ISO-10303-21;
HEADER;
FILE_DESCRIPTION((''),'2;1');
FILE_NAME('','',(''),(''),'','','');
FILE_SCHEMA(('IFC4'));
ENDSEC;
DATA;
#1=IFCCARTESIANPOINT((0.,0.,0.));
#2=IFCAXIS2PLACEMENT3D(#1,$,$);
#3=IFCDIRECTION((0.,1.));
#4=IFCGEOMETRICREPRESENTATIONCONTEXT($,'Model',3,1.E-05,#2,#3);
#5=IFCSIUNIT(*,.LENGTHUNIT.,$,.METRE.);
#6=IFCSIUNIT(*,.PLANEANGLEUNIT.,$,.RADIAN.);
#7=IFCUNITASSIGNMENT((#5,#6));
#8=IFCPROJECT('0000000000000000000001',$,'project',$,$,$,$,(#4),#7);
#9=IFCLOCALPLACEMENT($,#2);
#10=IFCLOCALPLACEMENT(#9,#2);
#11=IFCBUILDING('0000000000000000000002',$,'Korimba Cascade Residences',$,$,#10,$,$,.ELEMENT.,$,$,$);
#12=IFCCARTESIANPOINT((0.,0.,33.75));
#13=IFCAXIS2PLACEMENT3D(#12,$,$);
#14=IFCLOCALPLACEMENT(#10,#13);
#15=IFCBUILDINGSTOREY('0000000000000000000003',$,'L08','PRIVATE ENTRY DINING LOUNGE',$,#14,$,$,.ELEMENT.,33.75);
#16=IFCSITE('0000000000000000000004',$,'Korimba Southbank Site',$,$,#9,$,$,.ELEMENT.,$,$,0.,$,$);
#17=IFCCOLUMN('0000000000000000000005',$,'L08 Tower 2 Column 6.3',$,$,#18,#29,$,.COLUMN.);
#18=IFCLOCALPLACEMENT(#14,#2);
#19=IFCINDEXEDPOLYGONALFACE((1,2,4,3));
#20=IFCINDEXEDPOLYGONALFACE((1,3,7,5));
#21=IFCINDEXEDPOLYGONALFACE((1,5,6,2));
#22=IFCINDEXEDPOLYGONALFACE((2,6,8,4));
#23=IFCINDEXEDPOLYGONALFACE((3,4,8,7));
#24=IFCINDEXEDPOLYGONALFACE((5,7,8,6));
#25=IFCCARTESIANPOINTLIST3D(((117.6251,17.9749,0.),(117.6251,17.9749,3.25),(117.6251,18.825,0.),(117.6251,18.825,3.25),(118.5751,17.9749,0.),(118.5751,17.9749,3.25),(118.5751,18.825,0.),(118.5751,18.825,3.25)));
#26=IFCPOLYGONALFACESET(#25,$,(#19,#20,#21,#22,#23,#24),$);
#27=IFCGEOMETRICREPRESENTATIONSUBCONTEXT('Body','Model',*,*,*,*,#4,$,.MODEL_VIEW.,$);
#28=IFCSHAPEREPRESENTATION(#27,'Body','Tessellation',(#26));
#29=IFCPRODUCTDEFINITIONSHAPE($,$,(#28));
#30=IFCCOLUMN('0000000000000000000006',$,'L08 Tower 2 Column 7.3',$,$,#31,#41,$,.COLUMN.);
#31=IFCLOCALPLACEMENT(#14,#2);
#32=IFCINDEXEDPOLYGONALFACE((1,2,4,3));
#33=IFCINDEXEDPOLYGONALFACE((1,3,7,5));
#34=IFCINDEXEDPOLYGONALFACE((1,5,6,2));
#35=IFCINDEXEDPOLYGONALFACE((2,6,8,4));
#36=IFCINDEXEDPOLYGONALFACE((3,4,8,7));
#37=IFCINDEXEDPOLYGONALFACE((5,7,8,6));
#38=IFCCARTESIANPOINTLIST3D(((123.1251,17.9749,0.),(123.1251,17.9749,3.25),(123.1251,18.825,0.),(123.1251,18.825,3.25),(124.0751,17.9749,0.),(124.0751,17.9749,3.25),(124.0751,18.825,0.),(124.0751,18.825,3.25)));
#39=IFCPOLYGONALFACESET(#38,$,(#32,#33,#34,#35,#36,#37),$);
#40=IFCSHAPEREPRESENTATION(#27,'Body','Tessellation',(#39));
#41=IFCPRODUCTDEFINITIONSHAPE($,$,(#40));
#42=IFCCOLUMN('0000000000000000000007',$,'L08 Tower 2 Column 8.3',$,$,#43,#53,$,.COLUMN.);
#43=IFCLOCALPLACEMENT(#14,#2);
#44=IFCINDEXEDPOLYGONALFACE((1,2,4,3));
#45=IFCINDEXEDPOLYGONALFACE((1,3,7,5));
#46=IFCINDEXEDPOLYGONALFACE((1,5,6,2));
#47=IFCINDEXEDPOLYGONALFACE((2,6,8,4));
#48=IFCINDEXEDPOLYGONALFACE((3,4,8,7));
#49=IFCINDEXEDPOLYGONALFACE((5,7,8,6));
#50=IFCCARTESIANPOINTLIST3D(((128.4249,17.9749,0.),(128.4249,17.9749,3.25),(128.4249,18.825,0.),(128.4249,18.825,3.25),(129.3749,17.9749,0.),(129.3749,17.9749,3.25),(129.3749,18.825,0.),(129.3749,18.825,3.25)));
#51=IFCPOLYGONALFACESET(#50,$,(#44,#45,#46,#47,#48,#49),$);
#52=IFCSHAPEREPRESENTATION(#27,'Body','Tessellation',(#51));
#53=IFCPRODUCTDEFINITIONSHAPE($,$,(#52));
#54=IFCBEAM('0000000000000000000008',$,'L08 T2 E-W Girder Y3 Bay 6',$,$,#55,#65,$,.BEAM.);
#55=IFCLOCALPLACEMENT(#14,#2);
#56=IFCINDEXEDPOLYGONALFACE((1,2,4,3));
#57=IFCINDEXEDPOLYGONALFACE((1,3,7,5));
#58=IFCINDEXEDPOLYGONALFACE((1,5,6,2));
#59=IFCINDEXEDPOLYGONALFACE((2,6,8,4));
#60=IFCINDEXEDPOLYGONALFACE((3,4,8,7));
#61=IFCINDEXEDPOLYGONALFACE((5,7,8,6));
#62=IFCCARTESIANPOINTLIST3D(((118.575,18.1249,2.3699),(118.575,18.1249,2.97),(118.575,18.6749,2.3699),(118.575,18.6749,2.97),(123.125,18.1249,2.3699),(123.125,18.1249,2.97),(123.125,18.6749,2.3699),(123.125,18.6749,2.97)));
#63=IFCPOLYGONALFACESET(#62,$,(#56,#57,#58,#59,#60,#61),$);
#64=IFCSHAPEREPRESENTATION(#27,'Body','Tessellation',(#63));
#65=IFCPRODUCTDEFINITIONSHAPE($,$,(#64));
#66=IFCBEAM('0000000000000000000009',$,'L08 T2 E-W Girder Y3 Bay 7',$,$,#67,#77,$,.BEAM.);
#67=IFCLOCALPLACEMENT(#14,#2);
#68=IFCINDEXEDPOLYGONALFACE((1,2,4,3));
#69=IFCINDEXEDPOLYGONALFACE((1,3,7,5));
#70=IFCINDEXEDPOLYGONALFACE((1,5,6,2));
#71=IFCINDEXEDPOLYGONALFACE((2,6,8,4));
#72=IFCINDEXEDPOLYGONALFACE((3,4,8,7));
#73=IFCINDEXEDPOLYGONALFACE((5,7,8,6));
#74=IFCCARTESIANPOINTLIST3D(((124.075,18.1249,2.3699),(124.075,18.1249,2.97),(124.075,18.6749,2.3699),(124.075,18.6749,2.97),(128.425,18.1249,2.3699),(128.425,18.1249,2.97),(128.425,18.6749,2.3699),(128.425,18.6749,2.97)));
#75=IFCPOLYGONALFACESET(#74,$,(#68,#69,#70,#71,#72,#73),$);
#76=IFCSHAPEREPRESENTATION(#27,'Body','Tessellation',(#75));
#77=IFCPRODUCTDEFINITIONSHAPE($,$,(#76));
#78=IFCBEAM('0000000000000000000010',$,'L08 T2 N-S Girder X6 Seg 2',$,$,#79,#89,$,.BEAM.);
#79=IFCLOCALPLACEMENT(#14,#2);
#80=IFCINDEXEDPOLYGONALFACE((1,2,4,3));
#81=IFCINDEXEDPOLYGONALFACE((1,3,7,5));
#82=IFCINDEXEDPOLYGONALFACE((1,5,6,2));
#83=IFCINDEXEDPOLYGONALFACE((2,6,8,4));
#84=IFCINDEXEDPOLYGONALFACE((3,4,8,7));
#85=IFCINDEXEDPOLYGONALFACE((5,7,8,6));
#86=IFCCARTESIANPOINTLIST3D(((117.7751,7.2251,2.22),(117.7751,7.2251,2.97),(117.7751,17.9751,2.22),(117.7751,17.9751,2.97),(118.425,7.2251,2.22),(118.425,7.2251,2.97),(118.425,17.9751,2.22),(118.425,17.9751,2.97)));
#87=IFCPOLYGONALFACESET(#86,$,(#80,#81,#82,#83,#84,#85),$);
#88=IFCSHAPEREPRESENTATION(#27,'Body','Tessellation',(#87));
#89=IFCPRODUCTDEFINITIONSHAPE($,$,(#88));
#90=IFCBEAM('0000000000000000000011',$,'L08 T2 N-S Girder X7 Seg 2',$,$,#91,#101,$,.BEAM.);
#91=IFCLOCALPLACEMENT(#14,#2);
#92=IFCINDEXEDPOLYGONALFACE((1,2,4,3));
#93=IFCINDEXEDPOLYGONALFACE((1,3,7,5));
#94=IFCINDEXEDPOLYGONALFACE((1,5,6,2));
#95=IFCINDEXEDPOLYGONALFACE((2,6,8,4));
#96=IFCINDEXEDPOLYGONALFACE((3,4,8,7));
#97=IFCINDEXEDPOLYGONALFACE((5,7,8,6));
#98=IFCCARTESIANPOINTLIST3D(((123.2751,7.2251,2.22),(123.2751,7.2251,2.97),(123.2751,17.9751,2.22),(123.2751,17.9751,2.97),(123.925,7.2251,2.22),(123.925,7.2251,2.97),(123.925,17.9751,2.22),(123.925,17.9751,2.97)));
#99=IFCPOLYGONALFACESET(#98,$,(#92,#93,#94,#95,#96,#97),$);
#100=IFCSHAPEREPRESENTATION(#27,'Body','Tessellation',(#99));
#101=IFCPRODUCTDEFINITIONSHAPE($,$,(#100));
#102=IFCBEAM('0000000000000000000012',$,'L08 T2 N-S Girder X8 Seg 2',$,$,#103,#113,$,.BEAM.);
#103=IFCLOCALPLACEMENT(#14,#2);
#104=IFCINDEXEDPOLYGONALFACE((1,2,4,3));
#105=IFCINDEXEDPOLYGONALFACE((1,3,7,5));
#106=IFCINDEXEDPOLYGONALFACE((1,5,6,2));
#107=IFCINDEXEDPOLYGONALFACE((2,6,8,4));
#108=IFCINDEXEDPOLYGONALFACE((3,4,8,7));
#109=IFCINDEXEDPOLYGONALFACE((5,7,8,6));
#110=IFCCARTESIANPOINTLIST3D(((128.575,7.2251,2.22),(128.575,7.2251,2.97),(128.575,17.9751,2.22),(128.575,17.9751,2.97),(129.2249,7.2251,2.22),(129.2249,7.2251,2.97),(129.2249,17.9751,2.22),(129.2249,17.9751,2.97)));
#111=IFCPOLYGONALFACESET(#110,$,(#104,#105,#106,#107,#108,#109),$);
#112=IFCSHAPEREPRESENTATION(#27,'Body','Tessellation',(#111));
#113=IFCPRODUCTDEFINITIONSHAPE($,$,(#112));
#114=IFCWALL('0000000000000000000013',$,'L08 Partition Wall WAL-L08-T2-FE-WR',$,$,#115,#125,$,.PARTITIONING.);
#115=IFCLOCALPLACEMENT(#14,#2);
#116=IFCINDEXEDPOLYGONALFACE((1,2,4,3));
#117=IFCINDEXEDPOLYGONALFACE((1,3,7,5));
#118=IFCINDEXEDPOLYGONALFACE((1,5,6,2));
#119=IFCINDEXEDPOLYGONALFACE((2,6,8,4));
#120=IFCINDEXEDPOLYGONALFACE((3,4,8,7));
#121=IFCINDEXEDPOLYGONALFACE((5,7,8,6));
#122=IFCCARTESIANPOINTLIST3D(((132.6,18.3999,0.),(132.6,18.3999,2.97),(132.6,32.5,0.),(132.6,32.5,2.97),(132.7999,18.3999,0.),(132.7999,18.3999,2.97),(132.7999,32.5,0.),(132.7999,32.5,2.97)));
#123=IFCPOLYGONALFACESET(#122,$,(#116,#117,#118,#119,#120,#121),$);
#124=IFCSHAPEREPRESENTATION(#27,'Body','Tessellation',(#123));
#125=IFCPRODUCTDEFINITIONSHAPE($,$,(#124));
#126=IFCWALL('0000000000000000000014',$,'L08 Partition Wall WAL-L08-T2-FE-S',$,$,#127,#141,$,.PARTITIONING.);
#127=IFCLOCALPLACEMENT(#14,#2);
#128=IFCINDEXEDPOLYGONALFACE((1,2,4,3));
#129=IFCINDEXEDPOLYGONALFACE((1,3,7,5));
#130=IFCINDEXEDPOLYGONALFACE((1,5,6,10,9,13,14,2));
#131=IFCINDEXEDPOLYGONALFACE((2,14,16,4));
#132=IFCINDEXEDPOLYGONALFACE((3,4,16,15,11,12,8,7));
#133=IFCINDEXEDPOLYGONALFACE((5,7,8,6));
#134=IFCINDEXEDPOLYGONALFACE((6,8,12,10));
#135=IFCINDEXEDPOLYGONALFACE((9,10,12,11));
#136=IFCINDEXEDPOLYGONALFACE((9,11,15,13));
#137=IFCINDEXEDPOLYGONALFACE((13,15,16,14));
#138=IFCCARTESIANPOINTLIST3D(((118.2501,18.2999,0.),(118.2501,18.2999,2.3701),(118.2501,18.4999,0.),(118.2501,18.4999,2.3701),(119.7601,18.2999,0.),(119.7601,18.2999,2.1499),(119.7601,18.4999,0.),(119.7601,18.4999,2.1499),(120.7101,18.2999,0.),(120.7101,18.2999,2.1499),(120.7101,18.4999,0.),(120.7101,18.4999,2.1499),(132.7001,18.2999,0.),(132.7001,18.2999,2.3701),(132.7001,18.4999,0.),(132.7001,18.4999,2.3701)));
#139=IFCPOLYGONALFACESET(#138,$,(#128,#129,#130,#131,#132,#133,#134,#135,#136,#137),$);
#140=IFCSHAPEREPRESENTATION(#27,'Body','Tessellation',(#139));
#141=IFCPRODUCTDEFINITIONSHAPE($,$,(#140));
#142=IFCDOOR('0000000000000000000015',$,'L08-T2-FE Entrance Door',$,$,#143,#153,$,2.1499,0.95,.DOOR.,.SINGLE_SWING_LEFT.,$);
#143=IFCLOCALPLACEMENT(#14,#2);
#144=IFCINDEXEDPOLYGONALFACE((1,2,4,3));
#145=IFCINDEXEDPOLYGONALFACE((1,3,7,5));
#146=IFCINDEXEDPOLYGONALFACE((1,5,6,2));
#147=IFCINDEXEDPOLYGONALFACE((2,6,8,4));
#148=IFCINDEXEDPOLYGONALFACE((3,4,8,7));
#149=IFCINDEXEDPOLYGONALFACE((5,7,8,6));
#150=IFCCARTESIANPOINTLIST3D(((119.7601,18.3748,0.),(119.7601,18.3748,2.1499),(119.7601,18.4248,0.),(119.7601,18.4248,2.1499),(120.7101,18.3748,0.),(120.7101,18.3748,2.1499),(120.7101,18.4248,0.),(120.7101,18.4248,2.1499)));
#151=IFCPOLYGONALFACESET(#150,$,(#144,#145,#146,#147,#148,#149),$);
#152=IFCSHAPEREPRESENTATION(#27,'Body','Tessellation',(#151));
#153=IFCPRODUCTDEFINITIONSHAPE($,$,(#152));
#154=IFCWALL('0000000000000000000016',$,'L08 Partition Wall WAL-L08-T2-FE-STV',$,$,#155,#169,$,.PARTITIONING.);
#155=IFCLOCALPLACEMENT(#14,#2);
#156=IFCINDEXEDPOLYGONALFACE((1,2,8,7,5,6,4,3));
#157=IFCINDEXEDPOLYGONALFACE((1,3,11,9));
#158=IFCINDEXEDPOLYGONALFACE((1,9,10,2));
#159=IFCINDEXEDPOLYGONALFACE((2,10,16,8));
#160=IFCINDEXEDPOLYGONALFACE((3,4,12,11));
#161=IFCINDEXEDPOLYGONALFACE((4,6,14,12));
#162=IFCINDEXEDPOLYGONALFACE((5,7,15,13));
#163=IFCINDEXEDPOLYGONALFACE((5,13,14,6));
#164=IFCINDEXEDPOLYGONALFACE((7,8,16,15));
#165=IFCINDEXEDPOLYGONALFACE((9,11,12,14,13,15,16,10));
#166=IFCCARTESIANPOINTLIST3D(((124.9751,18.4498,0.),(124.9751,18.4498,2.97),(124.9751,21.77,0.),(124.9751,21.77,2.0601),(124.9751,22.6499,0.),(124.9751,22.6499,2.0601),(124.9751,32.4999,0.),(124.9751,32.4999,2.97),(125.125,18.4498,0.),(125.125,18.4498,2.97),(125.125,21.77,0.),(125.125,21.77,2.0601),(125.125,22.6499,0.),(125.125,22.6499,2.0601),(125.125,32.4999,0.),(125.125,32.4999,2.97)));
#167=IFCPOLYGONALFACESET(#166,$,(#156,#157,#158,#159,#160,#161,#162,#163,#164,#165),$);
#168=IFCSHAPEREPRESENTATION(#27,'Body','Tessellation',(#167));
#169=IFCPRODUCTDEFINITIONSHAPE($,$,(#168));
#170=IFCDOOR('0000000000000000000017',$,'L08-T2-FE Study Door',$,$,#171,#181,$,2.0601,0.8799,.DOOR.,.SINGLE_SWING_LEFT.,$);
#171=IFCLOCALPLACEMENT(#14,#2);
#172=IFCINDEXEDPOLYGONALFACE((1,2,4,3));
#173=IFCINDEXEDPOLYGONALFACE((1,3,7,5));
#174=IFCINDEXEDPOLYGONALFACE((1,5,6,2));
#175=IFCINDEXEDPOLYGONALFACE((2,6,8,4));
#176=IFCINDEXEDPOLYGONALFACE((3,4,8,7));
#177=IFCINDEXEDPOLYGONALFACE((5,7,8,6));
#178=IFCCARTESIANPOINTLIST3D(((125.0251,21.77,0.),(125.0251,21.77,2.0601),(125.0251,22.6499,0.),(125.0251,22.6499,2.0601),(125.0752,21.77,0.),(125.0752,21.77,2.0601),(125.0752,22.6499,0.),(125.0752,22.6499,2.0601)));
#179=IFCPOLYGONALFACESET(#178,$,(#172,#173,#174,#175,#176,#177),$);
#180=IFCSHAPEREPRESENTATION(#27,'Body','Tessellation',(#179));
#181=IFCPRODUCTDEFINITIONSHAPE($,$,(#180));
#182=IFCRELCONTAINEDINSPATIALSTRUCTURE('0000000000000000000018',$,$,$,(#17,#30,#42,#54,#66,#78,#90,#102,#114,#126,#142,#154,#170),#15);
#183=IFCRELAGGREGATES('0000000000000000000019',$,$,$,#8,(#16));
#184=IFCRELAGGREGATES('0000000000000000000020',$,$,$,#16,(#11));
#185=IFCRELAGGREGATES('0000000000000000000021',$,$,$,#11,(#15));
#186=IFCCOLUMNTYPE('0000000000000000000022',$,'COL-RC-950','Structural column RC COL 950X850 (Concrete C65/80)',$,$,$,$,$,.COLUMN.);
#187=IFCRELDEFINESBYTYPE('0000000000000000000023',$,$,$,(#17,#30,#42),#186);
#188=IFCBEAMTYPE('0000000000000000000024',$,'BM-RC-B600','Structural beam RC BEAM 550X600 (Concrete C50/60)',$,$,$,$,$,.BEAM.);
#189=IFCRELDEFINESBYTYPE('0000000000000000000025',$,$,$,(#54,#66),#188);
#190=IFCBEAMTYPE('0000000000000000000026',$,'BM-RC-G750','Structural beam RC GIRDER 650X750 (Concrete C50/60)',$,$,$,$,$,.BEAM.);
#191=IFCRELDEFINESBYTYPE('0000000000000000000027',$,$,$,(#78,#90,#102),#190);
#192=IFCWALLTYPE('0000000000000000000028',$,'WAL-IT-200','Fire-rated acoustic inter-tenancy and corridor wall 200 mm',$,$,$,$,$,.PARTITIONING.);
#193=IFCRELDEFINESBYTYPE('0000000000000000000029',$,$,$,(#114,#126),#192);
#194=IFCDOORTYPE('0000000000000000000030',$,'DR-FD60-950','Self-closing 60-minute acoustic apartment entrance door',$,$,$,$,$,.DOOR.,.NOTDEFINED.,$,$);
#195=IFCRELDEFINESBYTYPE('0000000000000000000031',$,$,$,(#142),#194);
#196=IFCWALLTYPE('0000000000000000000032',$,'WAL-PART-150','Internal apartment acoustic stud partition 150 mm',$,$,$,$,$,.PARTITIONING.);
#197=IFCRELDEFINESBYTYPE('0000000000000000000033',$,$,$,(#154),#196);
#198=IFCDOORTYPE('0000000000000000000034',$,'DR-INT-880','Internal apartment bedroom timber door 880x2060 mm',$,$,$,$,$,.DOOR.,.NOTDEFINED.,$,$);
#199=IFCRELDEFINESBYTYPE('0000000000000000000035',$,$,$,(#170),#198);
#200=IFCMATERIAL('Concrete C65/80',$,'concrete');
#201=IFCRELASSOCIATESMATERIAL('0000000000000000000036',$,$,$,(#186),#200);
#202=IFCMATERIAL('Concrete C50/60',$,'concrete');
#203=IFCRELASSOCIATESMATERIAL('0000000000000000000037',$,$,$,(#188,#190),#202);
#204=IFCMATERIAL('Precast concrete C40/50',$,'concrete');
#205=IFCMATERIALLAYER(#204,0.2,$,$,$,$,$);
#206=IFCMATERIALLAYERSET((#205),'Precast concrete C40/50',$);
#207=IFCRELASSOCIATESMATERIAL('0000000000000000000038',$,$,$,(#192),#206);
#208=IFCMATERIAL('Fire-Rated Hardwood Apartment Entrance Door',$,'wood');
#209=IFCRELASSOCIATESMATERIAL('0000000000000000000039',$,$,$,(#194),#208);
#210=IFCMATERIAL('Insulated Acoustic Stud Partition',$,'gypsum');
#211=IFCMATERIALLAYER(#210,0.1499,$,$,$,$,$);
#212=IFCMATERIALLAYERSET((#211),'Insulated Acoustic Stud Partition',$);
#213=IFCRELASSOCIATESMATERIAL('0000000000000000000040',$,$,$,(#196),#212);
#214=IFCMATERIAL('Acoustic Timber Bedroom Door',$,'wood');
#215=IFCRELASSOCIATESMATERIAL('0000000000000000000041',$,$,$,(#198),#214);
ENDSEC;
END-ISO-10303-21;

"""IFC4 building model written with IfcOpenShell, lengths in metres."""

from ifc_helpers import new_model, si_unit, direction, frame, frame_2d, origin, origin_2d, place, context, subcontext, project, spatial, rectangle, extrude, material, layer, layer_set, material_profile, profile_set, type_object, element, fill, save


model = new_model("IFC4")

# Units and contexts
model_context = context("Model", 3, precision=1e-05, world=origin(), true_north=direction((0.0, 1.0)))
body_context = subcontext(model_context, "Body", "Model", "MODEL_VIEW")
ifc_project = project(units=[si_unit("LENGTHUNIT", "METRE"), si_unit("PLANEANGLEUNIT", "RADIAN")], contexts=[model_context])

# Site, building, storey
site_placement = place(None, origin())
site = spatial("IfcSite", under=ifc_project, at=site_placement, Name="Korimba Southbank Site", CompositionType="ELEMENT", RefElevation=0.0)
building_placement = place(site_placement, origin())
building = spatial("IfcBuilding", under=site, at=building_placement, Name="Korimba Cascade Residences", CompositionType="ELEMENT")
storey_placement = place(building_placement, frame((0.0, 0.0, 33.75)))
storey = spatial("IfcBuildingStorey", under=building, at=storey_placement, Name="L08", Description="PRIVATE ENTRY DINING LOUNGE", CompositionType="ELEMENT", Elevation=33.75)

# Columns
ifc_material_1 = material(Name="Concrete C65/80", Category="concrete")
ifc_material_profile_1 = material_profile(ifc_material_1, rectangle(XDim=0.95, YDim=0.8501, at=origin_2d()), Name="Concrete C65/80")
ifc_profile_set_1 = profile_set([ifc_material_profile_1], Name="Concrete C65/80")
column_type = type_object("IfcColumnType", Name="COL-RC-950", Description="Structural column RC COL 950X850 (Concrete C65/80)", PredefinedType="COLUMN", material=ifc_profile_set_1)
for number, where, z_axis, x_axis, name in (
    (1, (118.1001, 18.3999, 0.0), (0.0, 0.0, 1.0), (1.0, 0.0, 0.0), "L08 Tower 2 Column 6.3"),
    (2, (123.6001, 18.3999, 0.0), (0.0, 0.0, 1.0), (1.0, 0.0, 0.0), "L08 Tower 2 Column 7.3"),
    (3, (128.8999, 18.3999, 0.0), (0.0, 0.0, 1.0), (1.0, 0.0, 0.0), "L08 Tower 2 Column 8.3"),
):
    element("IfcColumn", number, at=place(storey_placement, frame(where, z_axis=z_axis, x_axis=x_axis)), inside=storey, type_object=column_type, Name=name, PredefinedType="COLUMN", context=body_context, shape_type="SweptSolid", body=[
        extrude(rectangle(XDim=0.95, YDim=0.8501, at=origin_2d()), origin(), (0.0, 0.0, 1.0), 3.25),
    ])

# Beams
ifc_material_2 = material(Name="Concrete C50/60", Category="concrete")
ifc_material_profile_2 = material_profile(ifc_material_2, rectangle(XDim=0.55, YDim=0.6001, at=origin_2d()), Name="Concrete C50/60")
ifc_profile_set_2 = profile_set([ifc_material_profile_2], Name="Concrete C50/60")
beam_type_1 = type_object("IfcBeamType", Name="BM-RC-B600", Description="Structural beam RC BEAM 550X600 (Concrete C50/60)", PredefinedType="BEAM", material=ifc_profile_set_2)
beam_1_placement = place(storey_placement, frame((118.575, 18.3999, 2.6699), z_axis=(1.0, 0.0, 0.0), x_axis=(0.0, 1.0, 0.0)))
element("IfcBeam", 4, at=beam_1_placement, inside=storey, type_object=beam_type_1, Name="L08 T2 E-W Girder Y3 Bay 6", PredefinedType="BEAM", context=body_context, shape_type="SweptSolid", body=[
    extrude(rectangle(XDim=0.55, YDim=0.6001, at=origin_2d()), origin(), (0.0, 0.0, 1.0), 4.55),
])
beam_2_placement = place(storey_placement, frame((124.075, 18.3999, 2.6699), z_axis=(1.0, 0.0, 0.0), x_axis=(0.0, 1.0, 0.0)))
element("IfcBeam", 5, at=beam_2_placement, inside=storey, type_object=beam_type_1, Name="L08 T2 E-W Girder Y3 Bay 7", PredefinedType="BEAM", context=body_context, shape_type="SweptSolid", body=[
    extrude(rectangle(XDim=0.55, YDim=0.6001, at=origin_2d()), origin(), (0.0, 0.0, 1.0), 4.3501),
])
ifc_material_profile_3 = material_profile(ifc_material_2, rectangle(XDim=0.6499, YDim=0.75, at=origin_2d()), Name="Concrete C50/60")
ifc_profile_set_3 = profile_set([ifc_material_profile_3], Name="Concrete C50/60")
beam_type_2 = type_object("IfcBeamType", Name="BM-RC-G750", Description="Structural beam RC GIRDER 650X750 (Concrete C50/60)", PredefinedType="BEAM", material=ifc_profile_set_3)
for number, where, z_axis, x_axis, name in (
    (6, (118.1001, 7.2251, 2.595), (0.0, 1.0, 0.0), (-1.0, 0.0, 0.0), "L08 T2 N-S Girder X6 Seg 2"),
    (7, (123.6001, 7.2251, 2.595), (0.0, 1.0, 0.0), (-1.0, 0.0, 0.0), "L08 T2 N-S Girder X7 Seg 2"),
    (8, (128.8999, 7.2251, 2.595), (0.0, 1.0, 0.0), (-1.0, 0.0, 0.0), "L08 T2 N-S Girder X8 Seg 2"),
):
    element("IfcBeam", number, at=place(storey_placement, frame(where, z_axis=z_axis, x_axis=x_axis)), inside=storey, type_object=beam_type_2, Name=name, PredefinedType="BEAM", context=body_context, shape_type="SweptSolid", body=[
        extrude(rectangle(XDim=0.6499, YDim=0.75, at=origin_2d()), origin(), (0.0, 0.0, 1.0), 10.75),
    ])

# Wall
ifc_material_3 = material(Name="Precast concrete C40/50", Category="concrete")
ifc_layer_1 = layer(ifc_material_3, 0.2)
ifc_layer_set_1 = layer_set([ifc_layer_1], Name="Precast concrete C40/50")
wall_type_1 = type_object("IfcWallType", Name="WAL-IT-200", Description="Fire-rated acoustic inter-tenancy and corridor wall 200 mm", PredefinedType="PARTITIONING", material=ifc_layer_set_1)
wall_1_placement = place(storey_placement, frame((132.7, 18.3999, 0.0), z_axis=(0.0, 0.0, 1.0), x_axis=(0.0, 1.0, 0.0)))
element("IfcWall", 9, at=wall_1_placement, inside=storey, type_object=wall_type_1, Name="L08 Partition Wall WAL-L08-T2-FE-WR", PredefinedType="PARTITIONING", context=body_context, shape_type="SweptSolid", body=[
    extrude(rectangle(XDim=14.1001, YDim=0.2, at=frame_2d((7.05, 0.0))), origin(), (0.0, 0.0, 1.0), 2.97),
])

# Walls, openings, doors
wall_2_placement = place(storey_placement, frame((118.25, 18.3999, 0.0), z_axis=(0.0, 0.0, 1.0), x_axis=(1.0, 0.0, 0.0)))
wall_2 = element("IfcWall", 10, at=wall_2_placement, inside=storey, type_object=wall_type_1, Name="L08 Partition Wall WAL-L08-T2-FE-S", PredefinedType="PARTITIONING", context=body_context, shape_type="SweptSolid", body=[
    extrude(rectangle(XDim=14.45, YDim=0.2, at=frame_2d((7.2251, 0.0))), origin(), (0.0, 0.0, 1.0), 2.3701),
])
opening_1_placement = place(wall_2_placement, frame((1.51, 0.0, 0.0)))
opening_1 = element("IfcOpeningElement", 11, at=opening_1_placement, cuts=wall_2, PredefinedType="OPENING", context=body_context, shape_type="SweptSolid", body=[
    extrude(rectangle(XDim=0.95, YDim=2.1499, at=frame_2d((0.4751, 1.075))), frame((0.0, 0.1099, 0.0), z_axis=(0.0, -1.0, 0.0), x_axis=(1.0, 0.0, 0.0)), (0.0, 0.0, 1.0), 0.22),
])
ifc_material_4 = material(Name="Fire-Rated Hardwood Apartment Entrance Door", Category="wood")
door_type_1 = type_object("IfcDoorType", Name="DR-FD60-950", Description="Self-closing 60-minute acoustic apartment entrance door", OperationType="NOTDEFINED", PredefinedType="DOOR", material=ifc_material_4)
door_1_placement = place(opening_1_placement, origin())
door_1 = element("IfcDoor", 12, at=door_1_placement, inside=storey, type_object=door_type_1, Name="L08-T2-FE Entrance Door", OperationType="SINGLE_SWING_LEFT", OverallHeight=2.1499, OverallWidth=0.95, PredefinedType="DOOR", context=body_context, shape_type="SweptSolid", body=[
    extrude(rectangle(XDim=0.95, YDim=2.1499, at=frame_2d((0.4751, 1.075))), frame((0.0, 0.0249, 0.0), z_axis=(0.0, -1.0, 0.0), x_axis=(1.0, 0.0, 0.0)), (0.0, 0.0, 1.0), 0.05),
])
fill(opening_1, door_1)
ifc_material_5 = material(Name="Insulated Acoustic Stud Partition", Category="gypsum")
ifc_layer_2 = layer(ifc_material_5, 0.1499)
ifc_layer_set_2 = layer_set([ifc_layer_2], Name="Insulated Acoustic Stud Partition")
wall_type_2 = type_object("IfcWallType", Name="WAL-PART-150", Description="Internal apartment acoustic stud partition 150 mm", PredefinedType="PARTITIONING", material=ifc_layer_set_2)
wall_3_placement = place(storey_placement, frame((125.05, 18.45, 0.0), z_axis=(0.0, 0.0, 1.0), x_axis=(0.0, 1.0, 0.0)))
wall_3 = element("IfcWall", 13, at=wall_3_placement, inside=storey, type_object=wall_type_2, Name="L08 Partition Wall WAL-L08-T2-FE-STV", PredefinedType="PARTITIONING", context=body_context, shape_type="SweptSolid", body=[
    extrude(rectangle(XDim=14.05, YDim=0.1499, at=frame_2d((7.0249, 0.0))), origin(), (0.0, 0.0, 1.0), 2.97),
])
opening_2_placement = place(wall_3_placement, frame((3.3201, 0.0, 0.0)))
opening_2 = element("IfcOpeningElement", 14, at=opening_2_placement, cuts=wall_3, PredefinedType="OPENING", context=body_context, shape_type="SweptSolid", body=[
    extrude(rectangle(XDim=0.8799, YDim=2.0601, at=frame_2d((0.4399, 1.03))), frame((0.0, 0.085, 0.0), z_axis=(0.0, -1.0, 0.0), x_axis=(1.0, 0.0, 0.0)), (0.0, 0.0, 1.0), 0.1699),
])
ifc_material_6 = material(Name="Acoustic Timber Bedroom Door", Category="wood")
door_type_2 = type_object("IfcDoorType", Name="DR-INT-880", Description="Internal apartment bedroom timber door 880x2060 mm", OperationType="NOTDEFINED", PredefinedType="DOOR", material=ifc_material_6)
door_2_placement = place(opening_2_placement, origin())
door_2 = element("IfcDoor", 15, at=door_2_placement, inside=storey, type_object=door_type_2, Name="L08-T2-FE Study Door", OperationType="SINGLE_SWING_LEFT", OverallHeight=2.0601, OverallWidth=0.8799, PredefinedType="DOOR", context=body_context, shape_type="SweptSolid", body=[
    extrude(rectangle(XDim=0.8799, YDim=2.0601, at=frame_2d((0.4399, 1.03))), frame((0.0, 0.0249, 0.0), z_axis=(0.0, -1.0, 0.0), x_axis=(1.0, 0.0, 0.0)), (0.0, 0.0, 1.0), 0.05),
])
fill(opening_2, door_2)

save(model, "model.ifc")
